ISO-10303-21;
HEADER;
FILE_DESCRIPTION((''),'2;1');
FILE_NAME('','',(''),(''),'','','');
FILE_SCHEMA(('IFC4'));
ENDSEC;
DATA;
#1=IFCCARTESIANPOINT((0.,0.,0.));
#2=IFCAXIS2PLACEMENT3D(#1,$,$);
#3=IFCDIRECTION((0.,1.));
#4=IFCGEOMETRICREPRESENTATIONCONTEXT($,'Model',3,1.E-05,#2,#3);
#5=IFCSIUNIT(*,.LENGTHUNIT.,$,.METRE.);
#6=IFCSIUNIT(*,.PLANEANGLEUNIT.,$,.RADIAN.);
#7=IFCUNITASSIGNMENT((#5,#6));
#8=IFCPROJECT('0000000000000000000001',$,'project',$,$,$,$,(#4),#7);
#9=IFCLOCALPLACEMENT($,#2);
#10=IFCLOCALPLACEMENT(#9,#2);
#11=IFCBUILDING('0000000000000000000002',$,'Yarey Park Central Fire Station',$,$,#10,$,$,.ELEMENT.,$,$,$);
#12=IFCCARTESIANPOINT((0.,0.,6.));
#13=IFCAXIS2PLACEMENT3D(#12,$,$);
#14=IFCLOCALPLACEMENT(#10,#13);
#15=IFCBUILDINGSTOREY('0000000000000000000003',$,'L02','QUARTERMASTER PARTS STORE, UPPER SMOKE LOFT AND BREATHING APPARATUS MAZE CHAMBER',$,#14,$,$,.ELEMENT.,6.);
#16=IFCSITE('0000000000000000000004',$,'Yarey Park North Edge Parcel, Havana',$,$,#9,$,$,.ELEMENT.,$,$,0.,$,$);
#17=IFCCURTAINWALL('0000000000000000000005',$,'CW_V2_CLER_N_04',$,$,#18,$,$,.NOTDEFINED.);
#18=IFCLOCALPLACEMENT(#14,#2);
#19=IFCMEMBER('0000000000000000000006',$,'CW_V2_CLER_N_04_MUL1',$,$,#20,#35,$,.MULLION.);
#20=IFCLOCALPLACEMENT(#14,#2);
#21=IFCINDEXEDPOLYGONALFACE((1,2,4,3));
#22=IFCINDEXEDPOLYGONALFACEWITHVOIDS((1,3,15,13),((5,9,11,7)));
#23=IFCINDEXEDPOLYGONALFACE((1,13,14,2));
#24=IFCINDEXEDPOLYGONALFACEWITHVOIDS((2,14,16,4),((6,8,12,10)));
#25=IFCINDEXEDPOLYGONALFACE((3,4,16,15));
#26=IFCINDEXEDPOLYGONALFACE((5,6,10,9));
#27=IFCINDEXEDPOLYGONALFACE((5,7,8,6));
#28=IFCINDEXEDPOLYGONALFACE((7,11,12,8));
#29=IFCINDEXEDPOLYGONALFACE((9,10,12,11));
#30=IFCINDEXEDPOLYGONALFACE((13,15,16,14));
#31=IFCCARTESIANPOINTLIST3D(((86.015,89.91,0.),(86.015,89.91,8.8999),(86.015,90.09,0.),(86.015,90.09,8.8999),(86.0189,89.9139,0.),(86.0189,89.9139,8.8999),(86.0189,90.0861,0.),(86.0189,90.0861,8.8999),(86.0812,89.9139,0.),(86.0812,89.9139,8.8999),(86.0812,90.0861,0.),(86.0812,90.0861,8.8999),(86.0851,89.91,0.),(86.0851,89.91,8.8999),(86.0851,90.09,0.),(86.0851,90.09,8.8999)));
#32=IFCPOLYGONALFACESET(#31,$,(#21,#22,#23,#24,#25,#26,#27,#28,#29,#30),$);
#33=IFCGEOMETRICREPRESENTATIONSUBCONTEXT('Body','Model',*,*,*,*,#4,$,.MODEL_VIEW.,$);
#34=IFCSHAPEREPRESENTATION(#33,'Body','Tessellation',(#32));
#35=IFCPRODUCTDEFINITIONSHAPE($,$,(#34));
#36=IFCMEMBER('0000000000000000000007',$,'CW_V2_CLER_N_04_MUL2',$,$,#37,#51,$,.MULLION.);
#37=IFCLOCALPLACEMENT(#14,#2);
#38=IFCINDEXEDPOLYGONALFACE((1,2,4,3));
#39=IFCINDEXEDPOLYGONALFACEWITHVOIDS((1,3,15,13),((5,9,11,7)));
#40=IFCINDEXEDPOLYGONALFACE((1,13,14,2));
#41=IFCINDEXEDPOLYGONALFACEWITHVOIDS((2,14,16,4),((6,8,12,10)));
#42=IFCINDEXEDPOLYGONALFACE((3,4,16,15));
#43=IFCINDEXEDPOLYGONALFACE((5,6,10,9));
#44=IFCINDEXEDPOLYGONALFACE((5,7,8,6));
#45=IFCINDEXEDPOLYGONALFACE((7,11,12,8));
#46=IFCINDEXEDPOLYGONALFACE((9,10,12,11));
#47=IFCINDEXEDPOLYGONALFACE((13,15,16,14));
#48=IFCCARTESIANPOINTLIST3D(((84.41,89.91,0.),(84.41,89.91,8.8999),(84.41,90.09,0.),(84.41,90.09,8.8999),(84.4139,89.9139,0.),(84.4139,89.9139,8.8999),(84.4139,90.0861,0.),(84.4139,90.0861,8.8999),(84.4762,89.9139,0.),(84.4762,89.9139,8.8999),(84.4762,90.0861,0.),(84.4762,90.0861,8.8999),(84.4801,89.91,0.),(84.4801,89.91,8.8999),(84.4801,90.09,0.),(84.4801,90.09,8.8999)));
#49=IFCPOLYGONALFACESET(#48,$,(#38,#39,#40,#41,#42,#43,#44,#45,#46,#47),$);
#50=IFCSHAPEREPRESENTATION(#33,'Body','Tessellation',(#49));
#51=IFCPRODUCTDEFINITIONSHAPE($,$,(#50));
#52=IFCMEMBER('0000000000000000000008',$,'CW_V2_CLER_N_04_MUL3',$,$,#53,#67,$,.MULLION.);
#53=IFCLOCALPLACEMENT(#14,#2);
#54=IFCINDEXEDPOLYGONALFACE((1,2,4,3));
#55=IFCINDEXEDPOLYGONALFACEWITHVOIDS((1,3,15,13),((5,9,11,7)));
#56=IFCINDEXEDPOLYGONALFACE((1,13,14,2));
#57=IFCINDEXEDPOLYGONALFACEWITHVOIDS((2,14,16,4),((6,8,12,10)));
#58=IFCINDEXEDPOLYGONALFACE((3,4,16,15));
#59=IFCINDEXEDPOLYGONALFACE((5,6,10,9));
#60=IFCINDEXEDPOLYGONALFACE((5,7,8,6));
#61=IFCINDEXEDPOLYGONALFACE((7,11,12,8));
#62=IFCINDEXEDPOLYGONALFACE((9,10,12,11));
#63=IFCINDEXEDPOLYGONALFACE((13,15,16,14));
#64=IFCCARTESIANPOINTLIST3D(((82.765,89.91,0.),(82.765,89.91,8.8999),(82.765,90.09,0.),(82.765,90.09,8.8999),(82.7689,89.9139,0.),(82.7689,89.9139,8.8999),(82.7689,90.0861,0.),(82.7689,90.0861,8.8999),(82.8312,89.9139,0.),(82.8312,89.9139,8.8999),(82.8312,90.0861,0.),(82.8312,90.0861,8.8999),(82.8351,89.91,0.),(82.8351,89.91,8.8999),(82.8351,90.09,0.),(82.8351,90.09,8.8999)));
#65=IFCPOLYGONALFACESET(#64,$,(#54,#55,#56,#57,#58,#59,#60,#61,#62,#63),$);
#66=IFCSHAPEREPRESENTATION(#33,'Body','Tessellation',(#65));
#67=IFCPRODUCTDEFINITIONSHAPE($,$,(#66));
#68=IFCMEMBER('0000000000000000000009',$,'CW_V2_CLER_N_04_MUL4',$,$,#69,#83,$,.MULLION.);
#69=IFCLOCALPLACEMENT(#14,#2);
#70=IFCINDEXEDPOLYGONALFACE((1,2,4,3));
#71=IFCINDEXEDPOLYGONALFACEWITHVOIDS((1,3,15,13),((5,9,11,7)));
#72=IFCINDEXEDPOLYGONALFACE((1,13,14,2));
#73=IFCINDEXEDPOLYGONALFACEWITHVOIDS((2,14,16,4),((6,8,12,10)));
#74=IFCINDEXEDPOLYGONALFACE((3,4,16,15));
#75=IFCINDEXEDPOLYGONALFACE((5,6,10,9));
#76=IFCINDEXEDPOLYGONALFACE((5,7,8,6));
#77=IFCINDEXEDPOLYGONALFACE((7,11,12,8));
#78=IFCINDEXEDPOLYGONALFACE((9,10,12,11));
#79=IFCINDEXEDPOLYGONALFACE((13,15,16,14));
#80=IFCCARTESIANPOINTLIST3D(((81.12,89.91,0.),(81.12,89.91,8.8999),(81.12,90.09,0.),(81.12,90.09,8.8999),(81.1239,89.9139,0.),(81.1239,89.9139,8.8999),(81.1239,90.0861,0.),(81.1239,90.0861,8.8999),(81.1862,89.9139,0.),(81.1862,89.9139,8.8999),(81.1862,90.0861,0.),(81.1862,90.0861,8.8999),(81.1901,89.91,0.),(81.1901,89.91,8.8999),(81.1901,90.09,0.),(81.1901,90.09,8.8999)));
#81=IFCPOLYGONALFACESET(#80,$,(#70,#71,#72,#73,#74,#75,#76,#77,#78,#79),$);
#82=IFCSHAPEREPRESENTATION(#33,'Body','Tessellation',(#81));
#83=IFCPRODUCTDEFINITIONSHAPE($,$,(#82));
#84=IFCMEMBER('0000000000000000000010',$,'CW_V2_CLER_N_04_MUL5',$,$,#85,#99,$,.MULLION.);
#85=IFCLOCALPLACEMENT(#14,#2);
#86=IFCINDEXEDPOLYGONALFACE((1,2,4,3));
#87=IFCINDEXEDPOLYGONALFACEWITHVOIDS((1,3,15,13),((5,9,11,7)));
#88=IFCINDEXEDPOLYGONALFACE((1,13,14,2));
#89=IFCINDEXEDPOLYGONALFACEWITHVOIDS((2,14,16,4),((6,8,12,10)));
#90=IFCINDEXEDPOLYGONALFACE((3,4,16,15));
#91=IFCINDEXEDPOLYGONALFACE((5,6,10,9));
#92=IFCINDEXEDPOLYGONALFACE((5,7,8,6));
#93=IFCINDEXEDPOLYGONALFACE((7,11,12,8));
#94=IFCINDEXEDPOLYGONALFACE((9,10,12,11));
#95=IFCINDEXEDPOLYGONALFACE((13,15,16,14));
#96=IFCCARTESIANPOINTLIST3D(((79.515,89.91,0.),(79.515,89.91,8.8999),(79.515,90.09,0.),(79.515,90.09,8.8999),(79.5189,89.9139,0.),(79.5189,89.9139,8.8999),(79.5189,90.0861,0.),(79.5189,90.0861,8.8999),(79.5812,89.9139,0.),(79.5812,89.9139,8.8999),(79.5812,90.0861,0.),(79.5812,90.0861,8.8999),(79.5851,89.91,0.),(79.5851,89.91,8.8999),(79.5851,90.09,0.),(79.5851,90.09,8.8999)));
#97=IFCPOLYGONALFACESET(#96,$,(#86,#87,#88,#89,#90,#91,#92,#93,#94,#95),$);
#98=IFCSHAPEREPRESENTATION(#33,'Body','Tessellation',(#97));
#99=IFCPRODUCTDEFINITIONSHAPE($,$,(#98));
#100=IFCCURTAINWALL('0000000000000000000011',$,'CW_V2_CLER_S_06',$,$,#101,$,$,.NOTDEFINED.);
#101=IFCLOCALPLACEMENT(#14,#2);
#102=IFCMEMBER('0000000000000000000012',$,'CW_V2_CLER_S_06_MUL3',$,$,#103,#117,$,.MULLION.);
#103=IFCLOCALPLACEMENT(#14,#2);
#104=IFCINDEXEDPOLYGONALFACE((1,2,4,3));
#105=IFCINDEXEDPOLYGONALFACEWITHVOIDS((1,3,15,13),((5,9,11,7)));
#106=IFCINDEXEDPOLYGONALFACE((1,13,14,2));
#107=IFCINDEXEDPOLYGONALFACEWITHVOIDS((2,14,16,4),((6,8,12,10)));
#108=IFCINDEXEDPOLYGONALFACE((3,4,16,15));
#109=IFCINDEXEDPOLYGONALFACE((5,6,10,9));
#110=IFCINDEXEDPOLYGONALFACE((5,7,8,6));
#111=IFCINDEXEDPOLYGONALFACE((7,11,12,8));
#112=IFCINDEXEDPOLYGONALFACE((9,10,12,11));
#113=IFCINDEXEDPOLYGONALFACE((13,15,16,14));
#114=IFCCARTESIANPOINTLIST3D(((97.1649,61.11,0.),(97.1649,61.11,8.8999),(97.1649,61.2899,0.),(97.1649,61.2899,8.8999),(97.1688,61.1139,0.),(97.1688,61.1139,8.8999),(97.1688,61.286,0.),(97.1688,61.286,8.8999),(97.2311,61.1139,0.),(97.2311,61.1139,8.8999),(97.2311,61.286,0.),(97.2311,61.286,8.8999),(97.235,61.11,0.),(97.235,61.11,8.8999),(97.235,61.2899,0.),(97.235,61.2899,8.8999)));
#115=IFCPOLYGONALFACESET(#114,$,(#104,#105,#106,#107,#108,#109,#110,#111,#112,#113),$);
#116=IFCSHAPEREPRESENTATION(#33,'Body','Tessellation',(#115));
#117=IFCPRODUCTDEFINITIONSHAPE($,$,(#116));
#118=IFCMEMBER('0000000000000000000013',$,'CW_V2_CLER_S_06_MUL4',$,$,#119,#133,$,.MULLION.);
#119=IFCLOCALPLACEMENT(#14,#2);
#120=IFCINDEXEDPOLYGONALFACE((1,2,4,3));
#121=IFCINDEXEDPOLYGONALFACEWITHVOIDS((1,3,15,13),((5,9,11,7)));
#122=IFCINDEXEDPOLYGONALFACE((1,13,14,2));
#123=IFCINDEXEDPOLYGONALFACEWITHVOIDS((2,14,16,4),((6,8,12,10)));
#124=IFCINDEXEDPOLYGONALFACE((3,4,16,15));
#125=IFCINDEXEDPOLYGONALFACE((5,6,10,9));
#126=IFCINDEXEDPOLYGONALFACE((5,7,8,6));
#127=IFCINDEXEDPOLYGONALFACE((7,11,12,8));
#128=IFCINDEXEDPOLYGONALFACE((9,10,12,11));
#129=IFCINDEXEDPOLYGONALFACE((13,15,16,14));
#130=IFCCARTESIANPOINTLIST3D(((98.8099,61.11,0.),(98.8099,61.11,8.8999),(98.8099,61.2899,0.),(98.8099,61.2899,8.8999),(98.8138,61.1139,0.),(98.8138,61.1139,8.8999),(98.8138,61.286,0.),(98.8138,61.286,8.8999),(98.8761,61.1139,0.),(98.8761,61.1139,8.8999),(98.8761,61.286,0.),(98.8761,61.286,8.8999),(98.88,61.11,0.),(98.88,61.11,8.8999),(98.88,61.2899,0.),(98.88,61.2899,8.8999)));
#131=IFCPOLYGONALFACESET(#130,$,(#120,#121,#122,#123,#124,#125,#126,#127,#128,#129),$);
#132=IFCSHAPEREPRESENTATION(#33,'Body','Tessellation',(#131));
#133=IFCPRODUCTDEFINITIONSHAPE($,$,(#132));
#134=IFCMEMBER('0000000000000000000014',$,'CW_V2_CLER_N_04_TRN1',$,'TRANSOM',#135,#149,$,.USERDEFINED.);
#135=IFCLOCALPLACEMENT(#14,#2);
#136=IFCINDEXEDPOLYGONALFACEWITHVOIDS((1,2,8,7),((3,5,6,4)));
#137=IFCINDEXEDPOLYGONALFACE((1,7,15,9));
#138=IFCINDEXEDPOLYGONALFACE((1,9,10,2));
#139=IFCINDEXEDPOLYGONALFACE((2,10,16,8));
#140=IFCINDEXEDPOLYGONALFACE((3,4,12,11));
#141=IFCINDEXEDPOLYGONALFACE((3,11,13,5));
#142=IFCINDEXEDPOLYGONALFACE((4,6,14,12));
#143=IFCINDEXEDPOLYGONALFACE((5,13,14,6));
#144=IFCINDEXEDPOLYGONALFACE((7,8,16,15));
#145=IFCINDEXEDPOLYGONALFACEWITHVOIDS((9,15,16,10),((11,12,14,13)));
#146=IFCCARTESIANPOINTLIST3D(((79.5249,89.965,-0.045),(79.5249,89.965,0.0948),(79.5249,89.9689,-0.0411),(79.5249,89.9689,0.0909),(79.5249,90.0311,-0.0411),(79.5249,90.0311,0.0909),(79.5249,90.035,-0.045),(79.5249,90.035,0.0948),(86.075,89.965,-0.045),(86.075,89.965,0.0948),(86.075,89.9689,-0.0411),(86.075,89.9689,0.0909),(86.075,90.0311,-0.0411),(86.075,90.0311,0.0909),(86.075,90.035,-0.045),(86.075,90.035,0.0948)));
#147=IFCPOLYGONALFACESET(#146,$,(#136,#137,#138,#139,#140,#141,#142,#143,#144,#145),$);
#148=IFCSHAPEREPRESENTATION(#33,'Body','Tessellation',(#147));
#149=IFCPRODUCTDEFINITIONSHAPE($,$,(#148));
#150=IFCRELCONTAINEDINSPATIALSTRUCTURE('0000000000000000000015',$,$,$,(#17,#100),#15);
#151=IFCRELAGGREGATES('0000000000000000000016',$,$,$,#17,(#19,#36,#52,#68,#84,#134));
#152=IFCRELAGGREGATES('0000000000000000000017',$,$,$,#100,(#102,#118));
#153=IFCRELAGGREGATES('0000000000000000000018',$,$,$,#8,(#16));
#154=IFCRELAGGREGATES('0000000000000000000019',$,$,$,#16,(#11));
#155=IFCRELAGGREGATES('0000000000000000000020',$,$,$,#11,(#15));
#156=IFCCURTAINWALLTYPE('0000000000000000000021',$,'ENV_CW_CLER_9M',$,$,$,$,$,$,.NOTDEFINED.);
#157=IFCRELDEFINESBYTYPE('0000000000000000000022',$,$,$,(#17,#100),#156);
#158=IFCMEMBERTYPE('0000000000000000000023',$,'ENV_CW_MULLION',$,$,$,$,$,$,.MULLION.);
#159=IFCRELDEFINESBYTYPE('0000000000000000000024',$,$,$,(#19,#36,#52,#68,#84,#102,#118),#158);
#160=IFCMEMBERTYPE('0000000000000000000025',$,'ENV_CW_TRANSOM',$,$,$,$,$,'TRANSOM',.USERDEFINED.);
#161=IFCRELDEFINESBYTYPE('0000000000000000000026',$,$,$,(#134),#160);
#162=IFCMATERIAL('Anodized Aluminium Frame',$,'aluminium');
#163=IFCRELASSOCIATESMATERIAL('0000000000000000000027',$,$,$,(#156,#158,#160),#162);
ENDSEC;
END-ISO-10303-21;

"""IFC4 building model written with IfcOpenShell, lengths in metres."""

from ifc_helpers import new_model, si_unit, direction, frame, origin, origin_2d, place, context, subcontext, project, spatial, hollow_rectangle, extrude, material, material_profile, profile_set, type_object, element, aggregate, save


model = new_model("IFC4")

# Units and contexts
model_context = context("Model", 3, precision=1e-05, world=origin(), true_north=direction((0.0, 1.0)))
body_context = subcontext(model_context, "Body", "Model", "MODEL_VIEW")
ifc_project = project(units=[si_unit("LENGTHUNIT", "METRE"), si_unit("PLANEANGLEUNIT", "RADIAN")], contexts=[model_context])

# Site, building, storey
site_placement = place(None, origin())
site = spatial("IfcSite", under=ifc_project, at=site_placement, Name="Yarey Park North Edge Parcel, Havana", CompositionType="ELEMENT", RefElevation=0.0)
building_placement = place(site_placement, origin())
building = spatial("IfcBuilding", under=site, at=building_placement, Name="Yarey Park Central Fire Station", CompositionType="ELEMENT")
storey_placement = place(building_placement, frame((0.0, 0.0, 6.0)))
storey = spatial("IfcBuildingStorey", under=building, at=storey_placement, Name="L02", Description="QUARTERMASTER PARTS STORE, UPPER SMOKE LOFT AND BREATHING APPARATUS MAZE CHAMBER", CompositionType="ELEMENT", Elevation=6.0)

# Curtain walls, members
ifc_material_1 = material(Name="Anodized Aluminium Frame", Category="aluminium")
curtain_wall_type = type_object("IfcCurtainWallType", Name="ENV_CW_CLER_9M", PredefinedType="NOTDEFINED", material=ifc_material_1)
curtain_wall_1_placement = place(storey_placement, origin())
curtain_wall_1 = element("IfcCurtainWall", 1, at=curtain_wall_1_placement, inside=storey, type_object=curtain_wall_type, Name="CW_V2_CLER_N_04", PredefinedType="NOTDEFINED")
ifc_material_profile_1 = material_profile(ifc_material_1, hollow_rectangle(XDim=0.0701, YDim=0.1799, WallThickness=0.0039, at=origin_2d()), Name="ALU 180x70x4")
ifc_profile_set_1 = profile_set([ifc_material_profile_1], Name="Anodized Aluminium Frame")
member_type_1 = type_object("IfcMemberType", Name="ENV_CW_MULLION", PredefinedType="MULLION", material=ifc_profile_set_1)
member_1_placement = place(storey_placement, frame((86.05, 90.0, 0.0), z_axis=(0.0, 0.0, 1.0), x_axis=(1.0, 0.0, 0.0)))
member_1 = element("IfcMember", 2, at=member_1_placement, type_object=member_type_1, Name="CW_V2_CLER_N_04_MUL1", PredefinedType="MULLION", context=body_context, shape_type="SweptSolid", body=[
    extrude(hollow_rectangle(XDim=0.0701, YDim=0.1799, WallThickness=0.0039, at=origin_2d()), origin(), (0.0, 0.0, 1.0), 8.8999),
])
member_2_placement = place(storey_placement, frame((84.4451, 90.0, 0.0), z_axis=(0.0, 0.0, 1.0), x_axis=(1.0, 0.0, 0.0)))
member_2 = element("IfcMember", 3, at=member_2_placement, type_object=member_type_1, Name="CW_V2_CLER_N_04_MUL2", PredefinedType="MULLION", context=body_context, shape_type="SweptSolid", body=[
    extrude(hollow_rectangle(XDim=0.0701, YDim=0.1799, WallThickness=0.0039, at=origin_2d()), origin(), (0.0, 0.0, 1.0), 8.8999),
])
member_3_placement = place(storey_placement, frame((82.8, 90.0, 0.0), z_axis=(0.0, 0.0, 1.0), x_axis=(1.0, 0.0, 0.0)))
member_3 = element("IfcMember", 4, at=member_3_placement, type_object=member_type_1, Name="CW_V2_CLER_N_04_MUL3", PredefinedType="MULLION", context=body_context, shape_type="SweptSolid", body=[
    extrude(hollow_rectangle(XDim=0.0701, YDim=0.1799, WallThickness=0.0039, at=origin_2d()), origin(), (0.0, 0.0, 1.0), 8.8999),
])
member_4_placement = place(storey_placement, frame((81.155, 90.0, 0.0), z_axis=(0.0, 0.0, 1.0), x_axis=(1.0, 0.0, 0.0)))
member_4 = element("IfcMember", 5, at=member_4_placement, type_object=member_type_1, Name="CW_V2_CLER_N_04_MUL4", PredefinedType="MULLION", context=body_context, shape_type="SweptSolid", body=[
    extrude(hollow_rectangle(XDim=0.0701, YDim=0.1799, WallThickness=0.0039, at=origin_2d()), origin(), (0.0, 0.0, 1.0), 8.8999),
])
member_5_placement = place(storey_placement, frame((79.55, 90.0, 0.0), z_axis=(0.0, 0.0, 1.0), x_axis=(1.0, 0.0, 0.0)))
member_5 = element("IfcMember", 6, at=member_5_placement, type_object=member_type_1, Name="CW_V2_CLER_N_04_MUL5", PredefinedType="MULLION", context=body_context, shape_type="SweptSolid", body=[
    extrude(hollow_rectangle(XDim=0.0701, YDim=0.1799, WallThickness=0.0039, at=origin_2d()), origin(), (0.0, 0.0, 1.0), 8.8999),
])
curtain_wall_2_placement = place(storey_placement, origin())
curtain_wall_2 = element("IfcCurtainWall", 7, at=curtain_wall_2_placement, inside=storey, type_object=curtain_wall_type, Name="CW_V2_CLER_S_06", PredefinedType="NOTDEFINED")
member_6_placement = place(storey_placement, frame((97.2, 61.2, 0.0), z_axis=(0.0, 0.0, 1.0), x_axis=(1.0, 0.0, 0.0)))
member_6 = element("IfcMember", 8, at=member_6_placement, type_object=member_type_1, Name="CW_V2_CLER_S_06_MUL3", PredefinedType="MULLION", context=body_context, shape_type="SweptSolid", body=[
    extrude(hollow_rectangle(XDim=0.0701, YDim=0.1799, WallThickness=0.0039, at=origin_2d()), origin(), (0.0, 0.0, 1.0), 8.8999),
])
member_7_placement = place(storey_placement, frame((98.845, 61.2, 0.0), z_axis=(0.0, 0.0, 1.0), x_axis=(1.0, 0.0, 0.0)))
member_7 = element("IfcMember", 9, at=member_7_placement, type_object=member_type_1, Name="CW_V2_CLER_S_06_MUL4", PredefinedType="MULLION", context=body_context, shape_type="SweptSolid", body=[
    extrude(hollow_rectangle(XDim=0.0701, YDim=0.1799, WallThickness=0.0039, at=origin_2d()), origin(), (0.0, 0.0, 1.0), 8.8999),
])

# Member
ifc_material_profile_2 = material_profile(ifc_material_1, hollow_rectangle(XDim=0.0701, YDim=0.1399, WallThickness=0.0039, at=origin_2d()), Name="ALU 140x70x4")
ifc_profile_set_2 = profile_set([ifc_material_profile_2], Name="Anodized Aluminium Frame")
member_type_2 = type_object("IfcMemberType", Name="ENV_CW_TRANSOM", ElementType="TRANSOM", PredefinedType="USERDEFINED", material=ifc_profile_set_2)
member_8_placement = place(storey_placement, frame((86.075, 90.0, 0.0249), z_axis=(-1.0, 0.0, 0.0), x_axis=(0.0, -1.0, 0.0)))
member_8 = element("IfcMember", 10, at=member_8_placement, type_object=member_type_2, Name="CW_V2_CLER_N_04_TRN1", ObjectType="TRANSOM", PredefinedType="USERDEFINED", context=body_context, shape_type="SweptSolid", body=[
    extrude(hollow_rectangle(XDim=0.0701, YDim=0.1399, WallThickness=0.0039, at=origin_2d()), origin(), (0.0, 0.0, 1.0), 6.55),
])

aggregate(curtain_wall_1, [member_1, member_2, member_3, member_4, member_5, member_8])
aggregate(curtain_wall_2, [member_6, member_7])

save(model, "model.ifc")
